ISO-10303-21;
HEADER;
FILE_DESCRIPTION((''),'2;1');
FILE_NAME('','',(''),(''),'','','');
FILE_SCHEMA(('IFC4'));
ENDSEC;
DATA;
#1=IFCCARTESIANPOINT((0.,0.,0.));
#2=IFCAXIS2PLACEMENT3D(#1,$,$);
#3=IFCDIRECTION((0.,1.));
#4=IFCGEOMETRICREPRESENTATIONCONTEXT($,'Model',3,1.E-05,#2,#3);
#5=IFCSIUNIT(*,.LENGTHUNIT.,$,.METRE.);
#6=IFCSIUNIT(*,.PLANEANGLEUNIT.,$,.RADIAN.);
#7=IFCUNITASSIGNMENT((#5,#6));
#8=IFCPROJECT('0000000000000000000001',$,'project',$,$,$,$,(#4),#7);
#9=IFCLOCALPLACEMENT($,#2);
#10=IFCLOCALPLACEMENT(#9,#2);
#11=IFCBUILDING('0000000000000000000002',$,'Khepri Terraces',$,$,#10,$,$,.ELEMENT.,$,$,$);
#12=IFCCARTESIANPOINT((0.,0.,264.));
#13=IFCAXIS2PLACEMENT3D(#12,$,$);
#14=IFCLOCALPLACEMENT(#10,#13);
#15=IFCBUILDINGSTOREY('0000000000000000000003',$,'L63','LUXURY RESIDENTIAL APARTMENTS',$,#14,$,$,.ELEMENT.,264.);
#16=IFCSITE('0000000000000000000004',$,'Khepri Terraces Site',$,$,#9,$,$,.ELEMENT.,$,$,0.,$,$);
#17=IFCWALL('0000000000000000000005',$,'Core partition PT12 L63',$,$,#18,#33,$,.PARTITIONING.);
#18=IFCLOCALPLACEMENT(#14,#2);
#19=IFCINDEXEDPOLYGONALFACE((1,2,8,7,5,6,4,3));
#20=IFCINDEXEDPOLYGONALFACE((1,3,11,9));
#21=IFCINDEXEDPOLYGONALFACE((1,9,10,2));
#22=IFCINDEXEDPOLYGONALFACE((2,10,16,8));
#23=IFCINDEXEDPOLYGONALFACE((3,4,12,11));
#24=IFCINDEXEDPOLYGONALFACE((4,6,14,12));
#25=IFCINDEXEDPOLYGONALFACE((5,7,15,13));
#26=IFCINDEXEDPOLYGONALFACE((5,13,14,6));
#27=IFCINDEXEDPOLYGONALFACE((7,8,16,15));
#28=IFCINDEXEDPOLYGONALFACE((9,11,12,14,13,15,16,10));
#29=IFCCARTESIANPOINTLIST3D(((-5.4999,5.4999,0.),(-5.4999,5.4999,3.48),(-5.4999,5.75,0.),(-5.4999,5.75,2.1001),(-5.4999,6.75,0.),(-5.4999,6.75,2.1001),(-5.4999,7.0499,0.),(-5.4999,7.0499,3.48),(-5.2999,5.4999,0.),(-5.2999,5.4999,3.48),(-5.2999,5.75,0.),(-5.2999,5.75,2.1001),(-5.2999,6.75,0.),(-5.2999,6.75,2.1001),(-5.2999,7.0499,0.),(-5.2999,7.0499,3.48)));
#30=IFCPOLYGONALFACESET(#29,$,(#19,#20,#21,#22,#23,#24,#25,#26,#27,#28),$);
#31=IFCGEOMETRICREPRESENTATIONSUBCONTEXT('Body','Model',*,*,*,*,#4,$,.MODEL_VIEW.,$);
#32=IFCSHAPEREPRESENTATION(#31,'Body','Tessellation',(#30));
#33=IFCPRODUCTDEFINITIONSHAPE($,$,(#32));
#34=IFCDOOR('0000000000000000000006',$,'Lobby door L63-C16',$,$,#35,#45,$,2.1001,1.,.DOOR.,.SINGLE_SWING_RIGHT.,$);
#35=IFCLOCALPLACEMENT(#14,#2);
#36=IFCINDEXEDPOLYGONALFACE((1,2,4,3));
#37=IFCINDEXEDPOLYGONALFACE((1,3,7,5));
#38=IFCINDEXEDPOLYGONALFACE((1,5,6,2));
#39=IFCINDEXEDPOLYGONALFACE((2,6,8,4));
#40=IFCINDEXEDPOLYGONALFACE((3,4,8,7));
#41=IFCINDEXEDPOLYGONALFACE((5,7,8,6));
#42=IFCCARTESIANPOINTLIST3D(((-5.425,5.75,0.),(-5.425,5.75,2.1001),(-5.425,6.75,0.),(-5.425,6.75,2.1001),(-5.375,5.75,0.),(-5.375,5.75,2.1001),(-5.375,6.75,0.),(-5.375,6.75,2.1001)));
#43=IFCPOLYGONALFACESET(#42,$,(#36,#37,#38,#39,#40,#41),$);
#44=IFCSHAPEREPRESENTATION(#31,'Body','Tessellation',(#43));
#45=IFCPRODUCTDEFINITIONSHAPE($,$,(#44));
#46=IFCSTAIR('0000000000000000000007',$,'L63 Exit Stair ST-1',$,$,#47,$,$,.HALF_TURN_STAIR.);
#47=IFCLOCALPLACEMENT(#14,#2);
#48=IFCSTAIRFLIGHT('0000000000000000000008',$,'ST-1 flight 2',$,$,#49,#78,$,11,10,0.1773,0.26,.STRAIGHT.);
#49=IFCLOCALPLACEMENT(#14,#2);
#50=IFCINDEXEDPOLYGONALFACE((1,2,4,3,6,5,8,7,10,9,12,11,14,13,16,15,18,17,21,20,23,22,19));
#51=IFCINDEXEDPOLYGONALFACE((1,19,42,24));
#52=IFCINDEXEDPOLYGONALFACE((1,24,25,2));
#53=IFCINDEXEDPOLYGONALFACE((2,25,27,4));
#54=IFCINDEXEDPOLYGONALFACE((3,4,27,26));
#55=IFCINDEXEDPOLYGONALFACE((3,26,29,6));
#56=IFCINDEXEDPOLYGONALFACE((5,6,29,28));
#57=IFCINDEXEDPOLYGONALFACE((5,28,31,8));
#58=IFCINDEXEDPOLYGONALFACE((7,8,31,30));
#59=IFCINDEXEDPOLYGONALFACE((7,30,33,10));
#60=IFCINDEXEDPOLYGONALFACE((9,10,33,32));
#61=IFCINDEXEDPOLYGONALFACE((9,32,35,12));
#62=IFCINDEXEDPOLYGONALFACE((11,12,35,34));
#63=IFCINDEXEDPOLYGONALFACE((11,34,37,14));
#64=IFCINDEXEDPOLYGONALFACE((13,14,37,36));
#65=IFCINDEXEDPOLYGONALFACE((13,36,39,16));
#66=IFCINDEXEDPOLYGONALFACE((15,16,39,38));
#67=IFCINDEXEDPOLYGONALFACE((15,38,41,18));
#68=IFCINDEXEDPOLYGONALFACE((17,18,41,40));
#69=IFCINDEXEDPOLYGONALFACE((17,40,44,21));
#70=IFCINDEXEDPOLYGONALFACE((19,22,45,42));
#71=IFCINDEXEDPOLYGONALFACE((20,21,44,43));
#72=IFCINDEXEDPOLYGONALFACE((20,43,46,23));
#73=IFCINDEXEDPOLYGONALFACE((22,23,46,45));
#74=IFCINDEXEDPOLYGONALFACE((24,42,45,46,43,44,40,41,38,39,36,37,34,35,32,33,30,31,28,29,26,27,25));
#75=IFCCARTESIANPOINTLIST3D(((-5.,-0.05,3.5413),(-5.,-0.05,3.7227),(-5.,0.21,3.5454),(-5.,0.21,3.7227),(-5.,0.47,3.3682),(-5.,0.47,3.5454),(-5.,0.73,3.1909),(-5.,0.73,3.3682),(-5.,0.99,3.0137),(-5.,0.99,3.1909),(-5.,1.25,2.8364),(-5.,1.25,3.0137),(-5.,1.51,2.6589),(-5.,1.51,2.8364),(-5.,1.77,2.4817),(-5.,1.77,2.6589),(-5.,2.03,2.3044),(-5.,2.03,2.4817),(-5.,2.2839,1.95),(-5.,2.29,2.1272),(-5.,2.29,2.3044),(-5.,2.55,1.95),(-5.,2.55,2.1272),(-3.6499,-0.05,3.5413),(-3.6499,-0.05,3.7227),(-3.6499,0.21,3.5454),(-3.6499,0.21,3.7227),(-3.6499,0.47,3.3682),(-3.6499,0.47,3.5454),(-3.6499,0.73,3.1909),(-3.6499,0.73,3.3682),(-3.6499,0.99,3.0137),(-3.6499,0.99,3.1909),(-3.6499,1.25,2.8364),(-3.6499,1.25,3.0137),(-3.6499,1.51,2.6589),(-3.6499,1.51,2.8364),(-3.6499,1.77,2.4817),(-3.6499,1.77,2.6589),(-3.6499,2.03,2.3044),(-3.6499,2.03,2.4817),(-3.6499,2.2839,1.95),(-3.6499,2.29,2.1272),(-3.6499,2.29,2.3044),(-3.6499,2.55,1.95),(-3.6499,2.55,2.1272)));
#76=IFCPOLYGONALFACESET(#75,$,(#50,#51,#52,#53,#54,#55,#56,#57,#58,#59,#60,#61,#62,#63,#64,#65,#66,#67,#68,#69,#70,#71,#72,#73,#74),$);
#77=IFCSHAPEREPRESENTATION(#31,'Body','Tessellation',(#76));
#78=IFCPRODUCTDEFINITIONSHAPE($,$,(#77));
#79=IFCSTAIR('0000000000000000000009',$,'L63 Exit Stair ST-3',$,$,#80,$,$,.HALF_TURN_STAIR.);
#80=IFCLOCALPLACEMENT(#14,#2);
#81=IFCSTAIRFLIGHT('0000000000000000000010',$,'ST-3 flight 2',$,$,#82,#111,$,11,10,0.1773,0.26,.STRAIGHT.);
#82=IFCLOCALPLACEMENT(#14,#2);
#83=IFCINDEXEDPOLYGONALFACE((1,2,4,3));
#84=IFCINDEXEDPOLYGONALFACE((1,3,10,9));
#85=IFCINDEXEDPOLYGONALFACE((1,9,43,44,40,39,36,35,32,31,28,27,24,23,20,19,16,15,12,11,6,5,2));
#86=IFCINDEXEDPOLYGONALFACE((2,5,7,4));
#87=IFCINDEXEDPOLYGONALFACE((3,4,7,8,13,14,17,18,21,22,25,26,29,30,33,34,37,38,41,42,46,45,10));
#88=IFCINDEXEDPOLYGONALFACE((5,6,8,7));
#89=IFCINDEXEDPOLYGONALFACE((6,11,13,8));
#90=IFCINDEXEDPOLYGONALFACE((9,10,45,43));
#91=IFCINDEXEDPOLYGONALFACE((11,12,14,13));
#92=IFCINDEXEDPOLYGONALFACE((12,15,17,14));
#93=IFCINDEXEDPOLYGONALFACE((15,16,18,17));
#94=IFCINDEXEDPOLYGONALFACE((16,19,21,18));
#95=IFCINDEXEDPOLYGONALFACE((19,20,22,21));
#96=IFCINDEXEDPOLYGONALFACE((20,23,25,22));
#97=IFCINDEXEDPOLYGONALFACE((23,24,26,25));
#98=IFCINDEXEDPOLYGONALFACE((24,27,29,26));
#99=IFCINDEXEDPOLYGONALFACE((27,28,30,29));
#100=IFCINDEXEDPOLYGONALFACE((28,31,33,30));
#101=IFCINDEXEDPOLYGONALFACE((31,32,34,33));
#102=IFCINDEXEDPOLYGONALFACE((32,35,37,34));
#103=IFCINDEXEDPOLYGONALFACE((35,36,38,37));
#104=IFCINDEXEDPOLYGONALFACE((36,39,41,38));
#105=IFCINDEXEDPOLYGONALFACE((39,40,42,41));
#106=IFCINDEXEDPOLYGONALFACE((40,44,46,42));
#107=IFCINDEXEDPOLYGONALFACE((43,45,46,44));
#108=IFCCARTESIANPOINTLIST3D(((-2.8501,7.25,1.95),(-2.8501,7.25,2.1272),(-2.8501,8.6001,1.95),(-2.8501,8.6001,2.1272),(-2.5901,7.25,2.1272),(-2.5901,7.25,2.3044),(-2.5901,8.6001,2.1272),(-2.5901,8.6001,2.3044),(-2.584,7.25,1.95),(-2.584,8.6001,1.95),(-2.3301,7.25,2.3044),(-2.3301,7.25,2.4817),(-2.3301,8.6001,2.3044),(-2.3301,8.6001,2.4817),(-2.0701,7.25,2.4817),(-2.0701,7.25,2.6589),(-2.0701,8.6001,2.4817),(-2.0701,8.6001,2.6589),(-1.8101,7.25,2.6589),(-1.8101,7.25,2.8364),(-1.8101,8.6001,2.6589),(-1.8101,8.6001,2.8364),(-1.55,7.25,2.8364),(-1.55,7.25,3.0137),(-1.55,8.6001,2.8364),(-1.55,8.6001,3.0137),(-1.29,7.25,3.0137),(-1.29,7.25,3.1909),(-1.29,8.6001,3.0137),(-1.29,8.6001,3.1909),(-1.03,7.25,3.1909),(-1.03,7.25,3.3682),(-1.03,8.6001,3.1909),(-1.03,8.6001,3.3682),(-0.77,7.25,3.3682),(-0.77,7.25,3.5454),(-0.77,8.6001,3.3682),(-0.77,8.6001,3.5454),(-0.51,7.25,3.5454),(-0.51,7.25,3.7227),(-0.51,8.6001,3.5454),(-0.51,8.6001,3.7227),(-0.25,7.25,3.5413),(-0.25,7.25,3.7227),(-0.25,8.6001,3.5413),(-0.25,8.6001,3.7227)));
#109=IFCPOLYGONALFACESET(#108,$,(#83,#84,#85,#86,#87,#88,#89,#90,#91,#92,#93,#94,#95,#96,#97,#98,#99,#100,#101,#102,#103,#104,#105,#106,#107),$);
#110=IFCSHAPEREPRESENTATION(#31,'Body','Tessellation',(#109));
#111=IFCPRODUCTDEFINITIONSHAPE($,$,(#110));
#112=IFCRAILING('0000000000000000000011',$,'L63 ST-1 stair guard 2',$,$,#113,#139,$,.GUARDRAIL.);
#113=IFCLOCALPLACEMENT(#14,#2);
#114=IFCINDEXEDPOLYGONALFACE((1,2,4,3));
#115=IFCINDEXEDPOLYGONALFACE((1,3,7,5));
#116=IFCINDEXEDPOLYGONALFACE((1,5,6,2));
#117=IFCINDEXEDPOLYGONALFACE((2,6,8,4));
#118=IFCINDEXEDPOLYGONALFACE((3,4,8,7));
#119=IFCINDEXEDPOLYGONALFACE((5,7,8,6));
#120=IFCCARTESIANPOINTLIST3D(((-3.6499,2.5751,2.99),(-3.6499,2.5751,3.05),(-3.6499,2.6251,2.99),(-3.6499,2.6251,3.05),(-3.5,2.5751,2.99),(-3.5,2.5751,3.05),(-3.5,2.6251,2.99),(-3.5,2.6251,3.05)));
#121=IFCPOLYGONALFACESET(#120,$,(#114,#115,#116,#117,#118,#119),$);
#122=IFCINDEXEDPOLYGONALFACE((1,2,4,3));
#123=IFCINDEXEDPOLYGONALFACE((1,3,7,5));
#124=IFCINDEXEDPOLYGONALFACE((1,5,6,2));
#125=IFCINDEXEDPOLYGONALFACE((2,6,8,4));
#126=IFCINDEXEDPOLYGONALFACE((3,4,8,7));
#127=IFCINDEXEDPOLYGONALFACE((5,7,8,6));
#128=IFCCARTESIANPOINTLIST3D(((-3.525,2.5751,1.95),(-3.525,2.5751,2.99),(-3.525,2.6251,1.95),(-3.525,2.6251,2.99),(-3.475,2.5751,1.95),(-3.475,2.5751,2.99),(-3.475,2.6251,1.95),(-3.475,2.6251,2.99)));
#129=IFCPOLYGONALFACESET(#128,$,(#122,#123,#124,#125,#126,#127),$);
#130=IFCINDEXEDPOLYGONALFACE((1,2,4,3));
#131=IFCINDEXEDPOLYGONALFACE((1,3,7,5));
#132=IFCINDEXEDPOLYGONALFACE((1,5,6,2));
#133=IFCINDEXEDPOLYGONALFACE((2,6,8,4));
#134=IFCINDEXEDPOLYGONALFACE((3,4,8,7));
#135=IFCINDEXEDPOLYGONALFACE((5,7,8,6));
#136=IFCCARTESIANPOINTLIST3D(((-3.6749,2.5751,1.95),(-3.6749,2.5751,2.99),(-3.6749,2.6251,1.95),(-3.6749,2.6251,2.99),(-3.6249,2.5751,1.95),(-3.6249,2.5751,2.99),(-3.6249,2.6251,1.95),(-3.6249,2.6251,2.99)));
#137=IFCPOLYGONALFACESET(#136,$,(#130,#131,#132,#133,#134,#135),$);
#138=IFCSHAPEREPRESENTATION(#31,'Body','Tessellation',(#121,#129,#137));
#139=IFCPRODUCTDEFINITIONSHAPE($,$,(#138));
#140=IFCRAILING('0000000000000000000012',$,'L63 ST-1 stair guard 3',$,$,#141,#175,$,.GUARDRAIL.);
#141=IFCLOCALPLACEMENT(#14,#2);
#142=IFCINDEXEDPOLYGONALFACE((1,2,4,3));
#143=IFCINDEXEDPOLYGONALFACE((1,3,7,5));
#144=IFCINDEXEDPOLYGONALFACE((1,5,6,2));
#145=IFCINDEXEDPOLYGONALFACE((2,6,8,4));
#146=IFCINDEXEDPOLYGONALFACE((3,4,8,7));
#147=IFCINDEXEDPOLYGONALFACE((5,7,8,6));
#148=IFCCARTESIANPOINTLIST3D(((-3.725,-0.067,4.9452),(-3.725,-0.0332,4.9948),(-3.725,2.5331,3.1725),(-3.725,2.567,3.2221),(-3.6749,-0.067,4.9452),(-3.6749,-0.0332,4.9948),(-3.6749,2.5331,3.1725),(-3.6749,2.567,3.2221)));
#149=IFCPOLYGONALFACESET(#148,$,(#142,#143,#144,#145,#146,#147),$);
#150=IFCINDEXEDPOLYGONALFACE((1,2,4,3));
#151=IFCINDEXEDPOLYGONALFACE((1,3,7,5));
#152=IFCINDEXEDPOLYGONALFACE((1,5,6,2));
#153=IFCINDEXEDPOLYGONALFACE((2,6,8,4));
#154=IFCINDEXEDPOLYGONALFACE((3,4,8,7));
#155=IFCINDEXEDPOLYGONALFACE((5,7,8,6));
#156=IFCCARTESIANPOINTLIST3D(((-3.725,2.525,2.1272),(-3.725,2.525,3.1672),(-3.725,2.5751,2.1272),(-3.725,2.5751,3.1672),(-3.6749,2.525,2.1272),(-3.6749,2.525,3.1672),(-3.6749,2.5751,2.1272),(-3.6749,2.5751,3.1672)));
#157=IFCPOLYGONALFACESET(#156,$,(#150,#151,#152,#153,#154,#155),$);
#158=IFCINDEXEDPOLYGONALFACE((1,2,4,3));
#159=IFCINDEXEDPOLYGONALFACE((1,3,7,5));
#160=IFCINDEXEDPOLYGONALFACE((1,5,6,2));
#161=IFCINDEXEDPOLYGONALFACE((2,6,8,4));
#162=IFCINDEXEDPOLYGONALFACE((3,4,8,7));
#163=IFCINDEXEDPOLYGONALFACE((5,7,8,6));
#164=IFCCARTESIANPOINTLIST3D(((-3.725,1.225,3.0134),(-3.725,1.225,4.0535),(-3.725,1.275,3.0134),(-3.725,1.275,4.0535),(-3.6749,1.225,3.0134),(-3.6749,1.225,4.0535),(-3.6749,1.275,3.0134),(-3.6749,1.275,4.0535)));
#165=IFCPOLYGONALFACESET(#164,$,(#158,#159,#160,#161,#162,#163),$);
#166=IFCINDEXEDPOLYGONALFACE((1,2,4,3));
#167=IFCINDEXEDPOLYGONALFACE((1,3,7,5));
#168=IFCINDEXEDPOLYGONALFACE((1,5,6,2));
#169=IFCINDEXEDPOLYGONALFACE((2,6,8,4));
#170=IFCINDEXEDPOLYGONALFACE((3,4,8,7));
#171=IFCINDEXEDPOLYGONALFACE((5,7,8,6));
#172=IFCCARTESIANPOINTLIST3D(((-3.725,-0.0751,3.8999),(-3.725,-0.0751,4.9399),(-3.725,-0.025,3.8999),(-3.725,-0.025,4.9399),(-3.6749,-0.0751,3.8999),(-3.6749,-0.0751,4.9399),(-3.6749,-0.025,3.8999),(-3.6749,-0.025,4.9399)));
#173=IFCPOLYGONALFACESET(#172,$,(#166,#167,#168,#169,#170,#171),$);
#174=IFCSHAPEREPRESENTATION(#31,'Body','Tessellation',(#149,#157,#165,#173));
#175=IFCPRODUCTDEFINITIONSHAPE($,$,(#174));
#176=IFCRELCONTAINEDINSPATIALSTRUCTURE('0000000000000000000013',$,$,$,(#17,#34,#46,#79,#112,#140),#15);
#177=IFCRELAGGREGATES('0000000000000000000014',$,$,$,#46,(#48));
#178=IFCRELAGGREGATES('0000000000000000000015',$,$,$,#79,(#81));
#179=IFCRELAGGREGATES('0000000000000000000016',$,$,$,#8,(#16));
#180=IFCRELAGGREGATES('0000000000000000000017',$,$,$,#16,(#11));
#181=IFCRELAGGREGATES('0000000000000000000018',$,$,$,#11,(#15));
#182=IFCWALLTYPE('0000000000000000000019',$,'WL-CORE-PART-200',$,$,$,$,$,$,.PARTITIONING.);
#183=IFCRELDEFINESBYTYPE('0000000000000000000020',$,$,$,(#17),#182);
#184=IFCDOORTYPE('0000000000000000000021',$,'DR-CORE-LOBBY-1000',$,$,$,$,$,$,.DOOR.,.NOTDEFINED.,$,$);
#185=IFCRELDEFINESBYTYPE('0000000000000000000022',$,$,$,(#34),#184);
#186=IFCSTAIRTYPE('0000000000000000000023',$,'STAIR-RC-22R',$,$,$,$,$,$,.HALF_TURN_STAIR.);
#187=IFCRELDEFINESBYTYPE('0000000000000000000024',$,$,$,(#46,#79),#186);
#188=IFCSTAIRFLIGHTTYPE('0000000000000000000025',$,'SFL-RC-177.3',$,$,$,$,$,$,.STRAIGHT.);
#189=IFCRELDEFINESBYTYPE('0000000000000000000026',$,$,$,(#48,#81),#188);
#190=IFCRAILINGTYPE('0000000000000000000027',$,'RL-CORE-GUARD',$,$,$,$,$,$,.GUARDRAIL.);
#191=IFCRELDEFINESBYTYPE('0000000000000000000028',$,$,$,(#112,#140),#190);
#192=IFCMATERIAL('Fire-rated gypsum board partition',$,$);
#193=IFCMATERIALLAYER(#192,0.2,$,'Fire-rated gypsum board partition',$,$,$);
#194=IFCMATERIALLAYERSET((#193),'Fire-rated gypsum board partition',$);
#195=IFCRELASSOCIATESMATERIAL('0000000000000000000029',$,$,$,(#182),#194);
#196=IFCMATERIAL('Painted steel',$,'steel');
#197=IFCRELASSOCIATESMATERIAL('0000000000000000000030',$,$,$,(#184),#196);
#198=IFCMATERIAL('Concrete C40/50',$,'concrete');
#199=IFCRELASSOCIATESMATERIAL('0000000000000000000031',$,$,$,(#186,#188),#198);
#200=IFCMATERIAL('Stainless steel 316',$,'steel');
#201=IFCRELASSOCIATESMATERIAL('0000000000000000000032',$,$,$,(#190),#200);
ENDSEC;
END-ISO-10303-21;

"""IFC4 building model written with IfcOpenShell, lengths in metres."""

from ifc_helpers import new_model, si_unit, direction, frame, frame_2d, origin, origin_2d, place, context, subcontext, project, spatial, polyline, rectangle, outline, extrude, material, layer, layer_set, type_object, element, fill, aggregate, save


model = new_model("IFC4")

# Units and contexts
model_context = context("Model", 3, precision=1e-05, world=origin(), true_north=direction((0.0, 1.0)))
body_context = subcontext(model_context, "Body", "Model", "MODEL_VIEW")
ifc_project = project(units=[si_unit("LENGTHUNIT", "METRE"), si_unit("PLANEANGLEUNIT", "RADIAN")], contexts=[model_context])

# Site, building, storey
site_placement = place(None, origin())
site = spatial("IfcSite", under=ifc_project, at=site_placement, Name="Khepri Terraces Site", CompositionType="ELEMENT", RefElevation=0.0)
building_placement = place(site_placement, origin())
building = spatial("IfcBuilding", under=site, at=building_placement, Name="Khepri Terraces", CompositionType="ELEMENT")
storey_placement = place(building_placement, frame((0.0, 0.0, 264.0)))
storey = spatial("IfcBuildingStorey", under=building, at=storey_placement, Name="L63", Description="LUXURY RESIDENTIAL APARTMENTS", CompositionType="ELEMENT", Elevation=264.0)

# Shared definitions
ifc_material_1 = material(Name="Concrete C40/50", Category="concrete")

# Shared definitions
ifc_material_2 = material(Name="Painted steel", Category="steel")

# Shared definitions
ifc_material_3 = material(Name="Fire-rated gypsum board partition")

# Wall, opening, door
ifc_layer_1 = layer(ifc_material_3, 0.2, Name="Fire-rated gypsum board partition")
ifc_layer_set_1 = layer_set([ifc_layer_1], Name="Fire-rated gypsum board partition")
wall_type_1 = type_object("IfcWallType", Name="WL-CORE-PART-200", PredefinedType="PARTITIONING", material=ifc_layer_set_1)
wall_1_placement = place(storey_placement, frame((-5.3999, 5.5, 0.0), z_axis=(0.0, 0.0, 1.0), x_axis=(0.0, 1.0, 0.0)))
wall_1 = element("IfcWall", 1, at=wall_1_placement, inside=storey, type_object=wall_type_1, Name="Core partition PT12 L63", PredefinedType="PARTITIONING", context=body_context, shape_type="SweptSolid", body=[
    extrude(rectangle(XDim=1.55, YDim=0.2, at=frame_2d((0.7749, 0.0))), origin(), (0.0, 0.0, 1.0), 3.48),
])
opening_1_placement = place(wall_1_placement, frame((0.25, 0.0, 0.0)))
opening_1 = element("IfcOpeningElement", 2, at=opening_1_placement, cuts=wall_1, PredefinedType="OPENING", context=body_context, shape_type="SweptSolid", body=[
    extrude(rectangle(XDim=1.0, YDim=2.1001, at=frame_2d((0.5, 1.05))), frame((0.0, 0.1099, 0.0), z_axis=(0.0, -1.0, 0.0), x_axis=(1.0, 0.0, 0.0)), (0.0, 0.0, 1.0), 0.22),
])
door_type_1 = type_object("IfcDoorType", Name="DR-CORE-LOBBY-1000", OperationType="NOTDEFINED", PredefinedType="DOOR", material=ifc_material_2)
door_1_placement = place(opening_1_placement, frame((1.0, 0.0, 0.0), z_axis=(0.0, 0.0, 1.0), x_axis=(-1.0, 0.0, 0.0)))
door_1 = element("IfcDoor", 3, at=door_1_placement, inside=storey, type_object=door_type_1, Name="Lobby door L63-C16", OperationType="SINGLE_SWING_RIGHT", OverallHeight=2.1001, OverallWidth=1.0, PredefinedType="DOOR", context=body_context, shape_type="SweptSolid", body=[
    extrude(rectangle(XDim=1.0, YDim=2.1001, at=frame_2d((0.5, 1.05))), frame((0.0, 0.0249, 0.0), z_axis=(0.0, -1.0, 0.0), x_axis=(1.0, 0.0, 0.0)), (0.0, 0.0, 1.0), 0.05),
])
fill(opening_1, door_1)

# Stairs, stair flights
stair_type = type_object("IfcStairType", Name="STAIR-RC-22R", PredefinedType="HALF_TURN_STAIR", material=ifc_material_1)
stair_1_placement = place(storey_placement, origin())
stair_1 = element("IfcStair", 4, at=stair_1_placement, inside=storey, type_object=stair_type, Name="L63 Exit Stair ST-1", PredefinedType="HALF_TURN_STAIR")
stair_flight_type = type_object("IfcStairFlightType", Name="SFL-RC-177.3", PredefinedType="STRAIGHT", material=ifc_material_1)
stair_flight_1_placement = place(storey_placement, frame((-4.325, 2.55, 1.95), z_axis=(0.0, 0.0, 1.0), x_axis=(0.0, -1.0, 0.0)))
stair_flight_1 = element("IfcStairFlight", 5, at=stair_flight_1_placement, type_object=stair_flight_type, Name="ST-1 flight 2", NumberOfRisers=11, NumberOfTreads=10, PredefinedType="STRAIGHT", RiserHeight=0.1773, TreadLength=0.26, context=body_context, shape_type="SweptSolid", body=[
    extrude(outline(polyline([(0.0, 0.0), (0.0, 0.1772), (0.26, 0.1772), (0.26, 0.3545), (0.52, 0.3545), (0.52, 0.5317), (0.78, 0.5317), (0.78, 0.709), (1.04, 0.709), (1.04, 0.8865), (1.3, 0.8865), (1.3, 1.0637), (1.5601, 1.0637), (1.5601, 1.241), (1.8201, 1.241), (1.8201, 1.4182), (2.0801, 1.4182), (2.0801, 1.5955), (2.3401, 1.5955), (2.3401, 1.7727), (2.6001, 1.7727), (2.6001, 1.95), (2.6001, 1.5913), (0.2661, 0.0), (0.0, 0.0)])), frame((0.0, 0.675, 0.0), z_axis=(0.0, -1.0, 0.0), x_axis=(1.0, 0.0, 0.0)), (0.0, 0.0, 1.0), 1.3501),
])
aggregate(stair_1, [stair_flight_1])
stair_2_placement = place(storey_placement, origin())
stair_2 = element("IfcStair", 6, at=stair_2_placement, inside=storey, type_object=stair_type, Name="L63 Exit Stair ST-3", PredefinedType="HALF_TURN_STAIR")
stair_flight_2_placement = place(storey_placement, frame((-2.8501, 7.925, 1.95), z_axis=(0.0, 0.0, 1.0), x_axis=(1.0, 0.0, 0.0)))
stair_flight_2 = element("IfcStairFlight", 7, at=stair_flight_2_placement, type_object=stair_flight_type, Name="ST-3 flight 2", NumberOfRisers=11, NumberOfTreads=10, PredefinedType="STRAIGHT", RiserHeight=0.1773, TreadLength=0.26, context=body_context, shape_type="SweptSolid", body=[
    extrude(outline(polyline([(0.0, 0.0), (0.0, 0.1772), (0.26, 0.1772), (0.26, 0.3545), (0.52, 0.3545), (0.52, 0.5317), (0.78, 0.5317), (0.78, 0.709), (1.04, 0.709), (1.04, 0.8865), (1.3, 0.8865), (1.3, 1.0637), (1.5601, 1.0637), (1.5601, 1.241), (1.8201, 1.241), (1.8201, 1.4182), (2.0801, 1.4182), (2.0801, 1.5955), (2.3401, 1.5955), (2.3401, 1.7727), (2.6001, 1.7727), (2.6001, 1.95), (2.6001, 1.5913), (0.2661, 0.0), (0.0, 0.0)])), frame((0.0, 0.675, 0.0), z_axis=(0.0, -1.0, 0.0), x_axis=(1.0, 0.0, 0.0)), (0.0, 0.0, 1.0), 1.3501),
])
aggregate(stair_2, [stair_flight_2])

# Railings
ifc_material_4 = material(Name="Stainless steel 316", Category="steel")
railing_type_1 = type_object("IfcRailingType", Name="RL-CORE-GUARD", PredefinedType="GUARDRAIL", material=ifc_material_4)
railing_1_placement = place(storey_placement, frame((-3.5, 2.6001, 1.95)))
element("IfcRailing", 8, at=railing_1_placement, inside=storey, type_object=railing_type_1, Name="L63 ST-1 stair guard 2", PredefinedType="GUARDRAIL", context=body_context, shape_type="SweptSolid", body=[
    extrude(rectangle(XDim=0.05, YDim=0.0601, at=origin_2d()), frame((0.0, 0.0, 1.0701), z_axis=(-1.0, 0.0, 0.0), x_axis=(0.0, -1.0, 0.0)), (0.0, 0.0, 1.0), 0.1499),
    extrude(rectangle(XDim=0.05, YDim=0.05, at=origin_2d()), origin(), (0.0, 0.0, 1.0), 1.04),
    extrude(rectangle(XDim=0.05, YDim=0.05, at=origin_2d()), frame((-0.1499, 0.0, 0.0)), (0.0, 0.0, 1.0), 1.04),
])
railing_2_placement = place(storey_placement, frame((-3.7, 2.55, 2.1272)))
element("IfcRailing", 9, at=railing_2_placement, inside=storey, type_object=railing_type_1, Name="L63 ST-1 stair guard 3", PredefinedType="GUARDRAIL", context=body_context, shape_type="SweptSolid", body=[
    extrude(rectangle(XDim=0.05, YDim=0.0601, at=origin_2d()), frame((0.0, 0.0, 1.0701), z_axis=(0.0, -0.82624, 0.563318), x_axis=(1.0, 0.0, 0.0)), (0.0, 0.0, 1.0), 3.147),
    extrude(rectangle(XDim=0.05, YDim=0.05, at=origin_2d()), origin(), (0.0, 0.0, 1.0), 1.04),
    extrude(rectangle(XDim=0.05, YDim=0.05, at=origin_2d()), frame((0.0, -1.3, 0.8862)), (0.0, 0.0, 1.0), 1.04),
    extrude(rectangle(XDim=0.05, YDim=0.05, at=origin_2d()), frame((0.0, -2.6001, 1.7727)), (0.0, 0.0, 1.0), 1.04),
])

save(model, "model.ifc")
